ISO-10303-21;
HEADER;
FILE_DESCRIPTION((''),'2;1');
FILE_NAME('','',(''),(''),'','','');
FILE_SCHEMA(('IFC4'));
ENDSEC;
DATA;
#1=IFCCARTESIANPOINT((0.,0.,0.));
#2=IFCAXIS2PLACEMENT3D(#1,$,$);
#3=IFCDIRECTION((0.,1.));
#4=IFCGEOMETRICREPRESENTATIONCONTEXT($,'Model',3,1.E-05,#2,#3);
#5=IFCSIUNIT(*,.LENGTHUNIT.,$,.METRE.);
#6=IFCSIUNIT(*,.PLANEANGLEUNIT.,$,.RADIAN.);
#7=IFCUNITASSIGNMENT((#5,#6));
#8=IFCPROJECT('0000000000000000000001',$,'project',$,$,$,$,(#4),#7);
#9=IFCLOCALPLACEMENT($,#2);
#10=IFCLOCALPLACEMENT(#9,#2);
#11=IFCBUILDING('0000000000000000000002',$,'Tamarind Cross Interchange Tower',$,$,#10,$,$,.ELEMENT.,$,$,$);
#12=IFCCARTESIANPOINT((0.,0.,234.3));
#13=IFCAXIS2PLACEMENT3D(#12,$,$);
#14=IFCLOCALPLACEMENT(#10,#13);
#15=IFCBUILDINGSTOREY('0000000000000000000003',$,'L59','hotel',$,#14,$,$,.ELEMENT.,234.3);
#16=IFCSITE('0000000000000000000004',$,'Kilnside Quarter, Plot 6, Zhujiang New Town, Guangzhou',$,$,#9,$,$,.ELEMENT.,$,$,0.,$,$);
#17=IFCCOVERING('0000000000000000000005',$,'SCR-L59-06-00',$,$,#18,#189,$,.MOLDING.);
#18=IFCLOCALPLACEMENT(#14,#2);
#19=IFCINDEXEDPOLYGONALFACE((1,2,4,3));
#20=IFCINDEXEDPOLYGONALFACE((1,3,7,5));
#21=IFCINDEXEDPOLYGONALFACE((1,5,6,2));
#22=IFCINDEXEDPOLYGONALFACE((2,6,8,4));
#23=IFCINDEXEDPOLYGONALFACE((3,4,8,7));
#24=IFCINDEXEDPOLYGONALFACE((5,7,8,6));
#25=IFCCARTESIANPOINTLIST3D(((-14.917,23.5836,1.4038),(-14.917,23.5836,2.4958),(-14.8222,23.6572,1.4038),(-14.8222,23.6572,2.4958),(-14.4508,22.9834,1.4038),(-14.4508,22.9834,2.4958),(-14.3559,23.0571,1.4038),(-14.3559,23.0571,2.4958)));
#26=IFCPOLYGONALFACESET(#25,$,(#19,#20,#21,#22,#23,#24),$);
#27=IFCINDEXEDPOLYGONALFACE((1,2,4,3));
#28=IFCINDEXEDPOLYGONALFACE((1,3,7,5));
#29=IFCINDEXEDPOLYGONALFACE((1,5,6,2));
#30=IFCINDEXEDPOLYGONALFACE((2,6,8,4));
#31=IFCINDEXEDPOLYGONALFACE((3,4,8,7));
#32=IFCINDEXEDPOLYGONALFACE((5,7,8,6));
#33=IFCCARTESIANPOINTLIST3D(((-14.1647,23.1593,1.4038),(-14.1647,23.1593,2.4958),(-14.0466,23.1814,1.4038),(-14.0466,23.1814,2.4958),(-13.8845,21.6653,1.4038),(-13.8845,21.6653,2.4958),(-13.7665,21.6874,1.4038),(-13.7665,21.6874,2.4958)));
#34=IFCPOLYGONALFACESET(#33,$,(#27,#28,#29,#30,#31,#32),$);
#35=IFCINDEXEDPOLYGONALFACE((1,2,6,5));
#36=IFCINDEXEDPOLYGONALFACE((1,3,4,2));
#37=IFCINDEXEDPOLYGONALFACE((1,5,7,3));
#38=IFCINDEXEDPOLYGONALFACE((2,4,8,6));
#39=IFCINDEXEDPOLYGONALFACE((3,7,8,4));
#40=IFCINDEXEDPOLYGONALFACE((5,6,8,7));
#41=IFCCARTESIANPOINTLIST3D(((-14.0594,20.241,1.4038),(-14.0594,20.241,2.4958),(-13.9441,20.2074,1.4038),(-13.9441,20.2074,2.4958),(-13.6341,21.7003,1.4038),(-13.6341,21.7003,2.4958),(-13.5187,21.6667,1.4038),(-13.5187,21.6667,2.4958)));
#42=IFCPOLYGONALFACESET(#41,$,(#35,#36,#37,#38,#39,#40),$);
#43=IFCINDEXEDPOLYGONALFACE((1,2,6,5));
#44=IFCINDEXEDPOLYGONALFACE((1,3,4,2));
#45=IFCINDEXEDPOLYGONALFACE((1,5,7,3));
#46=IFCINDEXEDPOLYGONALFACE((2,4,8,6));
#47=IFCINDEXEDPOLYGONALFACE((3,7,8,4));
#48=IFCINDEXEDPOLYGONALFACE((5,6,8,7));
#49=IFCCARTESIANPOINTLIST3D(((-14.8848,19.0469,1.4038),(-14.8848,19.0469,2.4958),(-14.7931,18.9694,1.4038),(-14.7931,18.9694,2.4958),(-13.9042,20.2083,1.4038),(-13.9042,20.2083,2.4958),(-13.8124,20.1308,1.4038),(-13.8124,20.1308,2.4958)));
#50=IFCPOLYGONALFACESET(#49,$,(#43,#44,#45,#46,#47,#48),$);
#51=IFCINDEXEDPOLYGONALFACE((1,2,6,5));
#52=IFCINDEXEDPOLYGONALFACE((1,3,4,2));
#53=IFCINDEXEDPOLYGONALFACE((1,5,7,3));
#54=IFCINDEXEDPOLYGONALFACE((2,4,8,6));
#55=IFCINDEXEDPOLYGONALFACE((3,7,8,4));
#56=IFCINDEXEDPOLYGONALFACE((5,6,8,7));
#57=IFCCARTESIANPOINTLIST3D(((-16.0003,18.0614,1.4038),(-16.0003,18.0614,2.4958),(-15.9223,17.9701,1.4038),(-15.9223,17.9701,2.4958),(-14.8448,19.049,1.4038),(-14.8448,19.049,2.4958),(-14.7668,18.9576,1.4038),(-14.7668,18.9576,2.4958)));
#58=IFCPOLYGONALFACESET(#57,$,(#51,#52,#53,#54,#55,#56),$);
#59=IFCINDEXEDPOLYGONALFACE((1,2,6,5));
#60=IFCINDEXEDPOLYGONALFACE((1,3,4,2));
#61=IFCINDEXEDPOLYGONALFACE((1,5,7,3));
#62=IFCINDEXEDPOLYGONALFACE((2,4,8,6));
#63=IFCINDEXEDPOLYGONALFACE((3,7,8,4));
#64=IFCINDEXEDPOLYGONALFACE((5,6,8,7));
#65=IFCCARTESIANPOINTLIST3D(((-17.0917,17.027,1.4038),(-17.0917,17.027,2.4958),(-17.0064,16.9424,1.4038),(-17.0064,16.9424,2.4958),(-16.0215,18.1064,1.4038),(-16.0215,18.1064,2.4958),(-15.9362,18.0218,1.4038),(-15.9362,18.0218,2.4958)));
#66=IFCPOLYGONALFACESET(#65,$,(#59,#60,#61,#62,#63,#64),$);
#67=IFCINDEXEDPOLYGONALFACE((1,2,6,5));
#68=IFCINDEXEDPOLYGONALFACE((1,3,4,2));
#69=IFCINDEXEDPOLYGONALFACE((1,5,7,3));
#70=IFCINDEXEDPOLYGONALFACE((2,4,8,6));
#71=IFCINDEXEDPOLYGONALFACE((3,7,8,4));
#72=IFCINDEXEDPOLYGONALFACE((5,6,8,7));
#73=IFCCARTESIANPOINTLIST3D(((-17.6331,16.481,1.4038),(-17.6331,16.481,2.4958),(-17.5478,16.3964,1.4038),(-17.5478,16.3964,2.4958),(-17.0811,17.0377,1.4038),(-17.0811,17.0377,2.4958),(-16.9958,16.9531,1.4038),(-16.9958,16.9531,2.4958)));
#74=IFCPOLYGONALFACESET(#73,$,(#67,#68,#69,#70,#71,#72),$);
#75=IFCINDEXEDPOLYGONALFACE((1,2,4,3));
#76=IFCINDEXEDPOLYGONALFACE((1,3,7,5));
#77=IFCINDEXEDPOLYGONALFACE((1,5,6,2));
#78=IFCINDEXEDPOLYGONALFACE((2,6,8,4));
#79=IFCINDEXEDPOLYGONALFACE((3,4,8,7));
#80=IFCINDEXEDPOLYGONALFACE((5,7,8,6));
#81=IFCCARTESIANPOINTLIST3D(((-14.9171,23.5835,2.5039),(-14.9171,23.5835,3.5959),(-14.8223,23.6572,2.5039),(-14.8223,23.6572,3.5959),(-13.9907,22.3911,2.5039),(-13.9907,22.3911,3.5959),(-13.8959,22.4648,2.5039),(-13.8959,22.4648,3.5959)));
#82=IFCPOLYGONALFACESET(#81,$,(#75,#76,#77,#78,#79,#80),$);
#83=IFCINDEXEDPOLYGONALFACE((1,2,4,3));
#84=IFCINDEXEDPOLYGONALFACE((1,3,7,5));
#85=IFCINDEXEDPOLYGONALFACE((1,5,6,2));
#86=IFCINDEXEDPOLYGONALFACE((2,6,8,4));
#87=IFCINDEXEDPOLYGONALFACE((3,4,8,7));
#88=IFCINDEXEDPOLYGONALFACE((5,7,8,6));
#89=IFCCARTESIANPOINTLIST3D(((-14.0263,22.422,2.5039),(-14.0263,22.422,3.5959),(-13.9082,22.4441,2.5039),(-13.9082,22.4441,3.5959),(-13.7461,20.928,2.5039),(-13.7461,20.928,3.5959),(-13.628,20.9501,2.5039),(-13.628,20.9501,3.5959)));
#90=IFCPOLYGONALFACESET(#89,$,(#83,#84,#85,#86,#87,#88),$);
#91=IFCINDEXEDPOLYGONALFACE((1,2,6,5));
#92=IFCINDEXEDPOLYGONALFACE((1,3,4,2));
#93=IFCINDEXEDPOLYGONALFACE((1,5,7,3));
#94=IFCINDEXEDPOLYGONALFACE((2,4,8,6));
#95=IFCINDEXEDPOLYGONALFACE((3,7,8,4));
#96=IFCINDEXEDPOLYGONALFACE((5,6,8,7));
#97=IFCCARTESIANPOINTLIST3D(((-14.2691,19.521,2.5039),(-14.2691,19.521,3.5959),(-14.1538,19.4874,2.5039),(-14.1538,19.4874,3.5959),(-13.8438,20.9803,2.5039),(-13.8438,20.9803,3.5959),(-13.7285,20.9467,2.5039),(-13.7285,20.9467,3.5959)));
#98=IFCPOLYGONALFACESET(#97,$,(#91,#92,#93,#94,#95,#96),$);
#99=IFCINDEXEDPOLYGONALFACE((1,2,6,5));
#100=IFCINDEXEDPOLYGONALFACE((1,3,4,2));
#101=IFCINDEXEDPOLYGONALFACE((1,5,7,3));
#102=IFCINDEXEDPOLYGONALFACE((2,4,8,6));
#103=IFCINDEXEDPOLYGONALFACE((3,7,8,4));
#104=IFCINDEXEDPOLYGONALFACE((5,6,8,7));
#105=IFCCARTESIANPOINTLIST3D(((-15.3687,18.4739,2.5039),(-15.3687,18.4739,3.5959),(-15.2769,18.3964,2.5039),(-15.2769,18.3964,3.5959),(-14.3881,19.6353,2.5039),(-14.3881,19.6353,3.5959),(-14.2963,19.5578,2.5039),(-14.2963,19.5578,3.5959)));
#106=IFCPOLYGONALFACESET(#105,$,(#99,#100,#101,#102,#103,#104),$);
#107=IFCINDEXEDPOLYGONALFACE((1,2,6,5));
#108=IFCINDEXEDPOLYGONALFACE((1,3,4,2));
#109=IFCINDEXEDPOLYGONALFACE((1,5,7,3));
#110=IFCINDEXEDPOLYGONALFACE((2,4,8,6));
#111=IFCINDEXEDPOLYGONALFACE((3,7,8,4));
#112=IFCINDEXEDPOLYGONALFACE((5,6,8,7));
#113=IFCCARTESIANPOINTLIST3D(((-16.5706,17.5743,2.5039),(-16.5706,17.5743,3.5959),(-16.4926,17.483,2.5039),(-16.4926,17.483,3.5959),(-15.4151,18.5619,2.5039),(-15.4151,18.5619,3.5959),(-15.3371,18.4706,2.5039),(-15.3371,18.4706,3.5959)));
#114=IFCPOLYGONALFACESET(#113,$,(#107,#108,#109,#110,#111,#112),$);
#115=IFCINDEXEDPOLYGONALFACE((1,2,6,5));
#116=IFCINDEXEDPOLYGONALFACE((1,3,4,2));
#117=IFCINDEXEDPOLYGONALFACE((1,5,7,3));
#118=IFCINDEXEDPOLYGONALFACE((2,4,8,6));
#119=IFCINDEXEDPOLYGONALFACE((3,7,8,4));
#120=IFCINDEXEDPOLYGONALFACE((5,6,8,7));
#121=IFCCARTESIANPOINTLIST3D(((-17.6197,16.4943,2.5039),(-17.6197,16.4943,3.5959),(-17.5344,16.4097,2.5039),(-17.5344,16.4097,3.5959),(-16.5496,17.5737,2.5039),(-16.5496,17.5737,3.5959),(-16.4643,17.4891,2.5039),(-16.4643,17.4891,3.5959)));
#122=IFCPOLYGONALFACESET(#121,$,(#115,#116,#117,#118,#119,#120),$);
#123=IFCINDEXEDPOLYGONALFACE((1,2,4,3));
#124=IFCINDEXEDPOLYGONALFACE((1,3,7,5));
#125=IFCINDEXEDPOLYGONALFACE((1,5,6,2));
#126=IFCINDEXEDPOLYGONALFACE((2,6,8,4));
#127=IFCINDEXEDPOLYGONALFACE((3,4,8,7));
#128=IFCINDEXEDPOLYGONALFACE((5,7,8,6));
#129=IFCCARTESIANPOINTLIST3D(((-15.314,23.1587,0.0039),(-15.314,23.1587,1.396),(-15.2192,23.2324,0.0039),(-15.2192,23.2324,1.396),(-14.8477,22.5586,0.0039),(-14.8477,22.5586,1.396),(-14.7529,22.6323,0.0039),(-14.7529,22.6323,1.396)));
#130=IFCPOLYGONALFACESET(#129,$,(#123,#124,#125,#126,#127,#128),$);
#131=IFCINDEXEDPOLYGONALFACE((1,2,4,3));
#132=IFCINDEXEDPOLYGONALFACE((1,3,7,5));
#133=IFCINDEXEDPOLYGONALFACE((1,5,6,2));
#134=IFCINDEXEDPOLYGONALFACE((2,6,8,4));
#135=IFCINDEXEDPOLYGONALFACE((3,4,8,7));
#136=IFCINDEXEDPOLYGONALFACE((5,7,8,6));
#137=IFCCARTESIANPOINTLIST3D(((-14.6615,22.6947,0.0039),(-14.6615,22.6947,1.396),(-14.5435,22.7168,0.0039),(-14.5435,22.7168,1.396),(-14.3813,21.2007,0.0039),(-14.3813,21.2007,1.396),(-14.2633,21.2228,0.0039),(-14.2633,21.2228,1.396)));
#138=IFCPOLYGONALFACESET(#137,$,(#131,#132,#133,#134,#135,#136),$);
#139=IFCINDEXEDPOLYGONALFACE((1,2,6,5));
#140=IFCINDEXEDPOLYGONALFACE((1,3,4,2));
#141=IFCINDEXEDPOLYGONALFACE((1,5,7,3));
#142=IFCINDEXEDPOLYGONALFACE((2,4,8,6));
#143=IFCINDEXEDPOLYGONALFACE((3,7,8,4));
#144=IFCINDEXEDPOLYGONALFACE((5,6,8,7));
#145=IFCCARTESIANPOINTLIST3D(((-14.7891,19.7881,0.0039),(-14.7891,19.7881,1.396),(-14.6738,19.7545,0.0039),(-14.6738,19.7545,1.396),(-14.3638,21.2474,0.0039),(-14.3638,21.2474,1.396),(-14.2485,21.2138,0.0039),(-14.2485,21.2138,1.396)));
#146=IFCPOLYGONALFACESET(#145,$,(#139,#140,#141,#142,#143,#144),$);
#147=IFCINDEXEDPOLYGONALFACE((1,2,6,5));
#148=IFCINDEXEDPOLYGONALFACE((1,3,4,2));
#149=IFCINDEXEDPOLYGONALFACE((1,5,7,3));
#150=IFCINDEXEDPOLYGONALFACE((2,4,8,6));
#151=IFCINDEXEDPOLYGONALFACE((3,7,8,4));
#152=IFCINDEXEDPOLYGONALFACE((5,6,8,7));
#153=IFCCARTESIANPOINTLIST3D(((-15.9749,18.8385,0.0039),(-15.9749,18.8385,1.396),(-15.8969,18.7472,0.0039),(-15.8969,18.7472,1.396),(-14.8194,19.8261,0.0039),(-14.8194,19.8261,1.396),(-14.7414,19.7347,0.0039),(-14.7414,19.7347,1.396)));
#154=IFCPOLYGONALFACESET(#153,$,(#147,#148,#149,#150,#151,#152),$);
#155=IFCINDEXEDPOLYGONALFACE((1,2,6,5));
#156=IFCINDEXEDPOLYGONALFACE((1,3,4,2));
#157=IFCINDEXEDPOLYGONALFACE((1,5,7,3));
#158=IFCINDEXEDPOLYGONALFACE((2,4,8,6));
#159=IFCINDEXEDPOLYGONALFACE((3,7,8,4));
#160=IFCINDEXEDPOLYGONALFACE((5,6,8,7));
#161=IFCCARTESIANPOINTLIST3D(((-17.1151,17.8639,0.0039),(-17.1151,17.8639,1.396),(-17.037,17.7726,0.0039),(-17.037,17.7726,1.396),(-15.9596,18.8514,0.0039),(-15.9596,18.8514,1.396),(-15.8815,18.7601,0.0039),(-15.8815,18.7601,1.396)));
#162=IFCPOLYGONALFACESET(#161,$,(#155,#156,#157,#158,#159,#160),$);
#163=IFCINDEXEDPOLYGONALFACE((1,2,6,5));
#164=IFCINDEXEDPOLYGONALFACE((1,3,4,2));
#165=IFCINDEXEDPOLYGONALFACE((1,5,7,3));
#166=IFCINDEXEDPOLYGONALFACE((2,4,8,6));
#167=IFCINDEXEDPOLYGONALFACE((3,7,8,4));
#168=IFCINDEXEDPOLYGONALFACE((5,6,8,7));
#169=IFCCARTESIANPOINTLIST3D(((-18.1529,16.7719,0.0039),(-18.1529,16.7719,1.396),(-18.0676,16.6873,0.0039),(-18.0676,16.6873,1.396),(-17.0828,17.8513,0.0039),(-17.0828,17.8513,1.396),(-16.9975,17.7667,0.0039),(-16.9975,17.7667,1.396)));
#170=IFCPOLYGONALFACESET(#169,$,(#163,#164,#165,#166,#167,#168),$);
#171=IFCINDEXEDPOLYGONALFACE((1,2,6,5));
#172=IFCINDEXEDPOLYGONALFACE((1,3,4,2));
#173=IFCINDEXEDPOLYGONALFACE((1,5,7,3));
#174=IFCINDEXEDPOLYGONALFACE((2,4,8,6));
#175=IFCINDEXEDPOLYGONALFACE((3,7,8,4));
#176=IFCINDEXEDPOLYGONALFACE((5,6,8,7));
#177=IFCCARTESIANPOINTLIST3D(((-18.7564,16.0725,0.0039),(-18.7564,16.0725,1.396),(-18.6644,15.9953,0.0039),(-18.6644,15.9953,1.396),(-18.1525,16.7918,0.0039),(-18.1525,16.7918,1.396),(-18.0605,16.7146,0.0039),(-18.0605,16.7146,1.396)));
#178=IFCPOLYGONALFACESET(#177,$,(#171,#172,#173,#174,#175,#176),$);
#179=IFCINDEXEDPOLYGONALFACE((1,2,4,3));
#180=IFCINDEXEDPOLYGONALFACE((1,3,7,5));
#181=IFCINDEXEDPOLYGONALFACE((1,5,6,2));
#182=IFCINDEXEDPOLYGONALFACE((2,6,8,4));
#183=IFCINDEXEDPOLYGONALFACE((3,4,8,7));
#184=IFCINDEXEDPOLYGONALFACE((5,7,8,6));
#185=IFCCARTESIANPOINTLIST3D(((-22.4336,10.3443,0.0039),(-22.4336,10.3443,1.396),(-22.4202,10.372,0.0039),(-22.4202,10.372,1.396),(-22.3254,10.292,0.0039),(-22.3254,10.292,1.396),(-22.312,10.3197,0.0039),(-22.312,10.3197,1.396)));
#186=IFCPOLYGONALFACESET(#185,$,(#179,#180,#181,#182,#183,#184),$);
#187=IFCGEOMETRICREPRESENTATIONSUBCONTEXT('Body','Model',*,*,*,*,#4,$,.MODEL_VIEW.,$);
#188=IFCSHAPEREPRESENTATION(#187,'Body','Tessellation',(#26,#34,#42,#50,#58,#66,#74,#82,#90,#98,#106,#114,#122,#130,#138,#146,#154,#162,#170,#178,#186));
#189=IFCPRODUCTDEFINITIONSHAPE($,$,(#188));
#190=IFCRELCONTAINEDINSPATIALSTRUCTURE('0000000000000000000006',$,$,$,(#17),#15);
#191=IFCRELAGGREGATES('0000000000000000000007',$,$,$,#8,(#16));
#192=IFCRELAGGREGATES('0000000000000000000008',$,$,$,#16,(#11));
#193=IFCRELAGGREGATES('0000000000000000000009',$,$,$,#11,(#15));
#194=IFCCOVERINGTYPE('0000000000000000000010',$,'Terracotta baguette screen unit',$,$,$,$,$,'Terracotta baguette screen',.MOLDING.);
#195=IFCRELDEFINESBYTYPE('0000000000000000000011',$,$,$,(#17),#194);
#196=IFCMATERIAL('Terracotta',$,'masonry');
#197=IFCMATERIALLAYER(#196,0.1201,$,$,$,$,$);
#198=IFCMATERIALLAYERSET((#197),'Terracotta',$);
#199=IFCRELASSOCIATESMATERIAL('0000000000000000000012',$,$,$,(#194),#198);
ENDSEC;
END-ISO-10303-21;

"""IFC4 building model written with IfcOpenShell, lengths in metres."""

from ifc_helpers import new_model, si_unit, direction, frame, origin, origin_2d, place, context, subcontext, project, spatial, rectangle, extrude, material, layer, layer_set, type_object, element, save


model = new_model("IFC4")

# Units and contexts
model_context = context("Model", 3, precision=1e-05, world=origin(), true_north=direction((0.0, 1.0)))
body_context = subcontext(model_context, "Body", "Model", "MODEL_VIEW")
ifc_project = project(units=[si_unit("LENGTHUNIT", "METRE"), si_unit("PLANEANGLEUNIT", "RADIAN")], contexts=[model_context])

# Site, building, storey
site_placement = place(None, origin())
site = spatial("IfcSite", under=ifc_project, at=site_placement, Name="Kilnside Quarter, Plot 6, Zhujiang New Town, Guangzhou", CompositionType="ELEMENT", RefElevation=0.0)
building_placement = place(site_placement, origin())
building = spatial("IfcBuilding", under=site, at=building_placement, Name="Tamarind Cross Interchange Tower", CompositionType="ELEMENT")
storey_placement = place(building_placement, frame((0.0, 0.0, 234.3)))
storey = spatial("IfcBuildingStorey", under=building, at=storey_placement, Name="L59", Description="hotel", CompositionType="ELEMENT", Elevation=234.3)

# Covering
ifc_material_1 = material(Name="Terracotta", Category="masonry")
ifc_layer_1 = layer(ifc_material_1, 0.1201)
ifc_layer_set_1 = layer_set([ifc_layer_1], Name="Terracotta")
covering_type = type_object("IfcCoveringType", Name="Terracotta baguette screen unit", ElementType="Terracotta baguette screen", PredefinedType="MOLDING", material=ifc_layer_set_1)
covering_1_placement = place(storey_placement, origin())
element("IfcCovering", 1, at=covering_1_placement, inside=storey, type_object=covering_type, Name="SCR-L59-06-00", PredefinedType="MOLDING", context=body_context, shape_type="SweptSolid", body=[
    extrude(rectangle(XDim=0.76, YDim=0.1201, at=origin_2d()), frame((-14.6365, 23.3203, 1.4038), z_axis=(0.0, 0.0, 1.0), x_axis=(0.613508, -0.789689, 0.0)), (0.0, 0.0, 1.0), 1.092),
    extrude(rectangle(XDim=1.52, YDim=0.1201, at=origin_2d()), frame((-13.9656, 22.4233, 1.4038), z_axis=(0.0, 0.0, 1.0), x_axis=(0.184317, -0.982867, 0.0)), (0.0, 0.0, 1.0), 1.092),
    extrude(rectangle(XDim=1.52, YDim=0.1201, at=origin_2d()), frame((-13.7891, 20.9539, 1.4038), z_axis=(0.0, 0.0, 1.0), x_axis=(-0.279805, -0.960057, 0.0)), (0.0, 0.0, 1.0), 1.092),
    extrude(rectangle(XDim=1.52, YDim=0.1201, at=origin_2d()), frame((-14.3486, 19.5889, 1.4038), z_axis=(0.0, 0.0, 1.0), x_axis=(-0.645147, -0.764058, 0.0)), (0.0, 0.0, 1.0), 1.092),
    extrude(rectangle(XDim=1.52, YDim=0.1201, at=origin_2d()), frame((-15.3835, 18.5095, 1.4038), z_axis=(0.0, 0.0, 1.0), x_axis=(-0.76019, -0.649701, 0.0)), (0.0, 0.0, 1.0), 1.092),
    extrude(rectangle(XDim=1.52, YDim=0.1201, at=origin_2d()), frame((-16.5139, 17.5244, 1.4038), z_axis=(0.0, 0.0, 1.0), x_axis=(-0.704057, -0.710143, 0.0)), (0.0, 0.0, 1.0), 1.092),
    extrude(rectangle(XDim=0.7839, YDim=0.1201, at=origin_2d()), frame((-17.3145, 16.717, 1.4038), z_axis=(0.0, 0.0, 1.0), x_axis=(-0.704057, -0.710143, 0.0)), (0.0, 0.0, 1.0), 1.092),
    extrude(rectangle(XDim=1.51, YDim=0.1201, at=origin_2d()), frame((-14.4065, 23.0242, 2.5039), z_axis=(0.0, 0.0, 1.0), x_axis=(0.613508, -0.789689, 0.0)), (0.0, 0.0, 1.0), 1.092),
    extrude(rectangle(XDim=1.52, YDim=0.1201, at=origin_2d()), frame((-13.8271, 21.686, 2.5039), z_axis=(0.0, 0.0, 1.0), x_axis=(0.184317, -0.982867, 0.0)), (0.0, 0.0, 1.0), 1.092),
    extrude(rectangle(XDim=1.52, YDim=0.1201, at=origin_2d()), frame((-13.9988, 20.2339, 2.5039), z_axis=(0.0, 0.0, 1.0), x_axis=(-0.279805, -0.960057, 0.0)), (0.0, 0.0, 1.0), 1.092),
    extrude(rectangle(XDim=1.52, YDim=0.1201, at=origin_2d()), frame((-14.8325, 19.0159, 2.5039), z_axis=(0.0, 0.0, 1.0), x_axis=(-0.645147, -0.764058, 0.0)), (0.0, 0.0, 1.0), 1.092),
    extrude(rectangle(XDim=1.52, YDim=0.1201, at=origin_2d()), frame((-15.9539, 18.0225, 2.5039), z_axis=(0.0, 0.0, 1.0), x_axis=(-0.76019, -0.649701, 0.0)), (0.0, 0.0, 1.0), 1.092),
    extrude(rectangle(XDim=1.52, YDim=0.1201, at=origin_2d()), frame((-17.042, 16.9917, 2.5039), z_axis=(0.0, 0.0, 1.0), x_axis=(-0.704057, -0.710143, 0.0)), (0.0, 0.0, 1.0), 1.092),
    extrude(rectangle(XDim=0.76, YDim=0.1201, at=origin_2d()), frame((-15.0334, 22.8955, 0.0039), z_axis=(0.0, 0.0, 1.0), x_axis=(0.613508, -0.789689, 0.0)), (0.0, 0.0, 1.0), 1.3921),
    extrude(rectangle(XDim=1.52, YDim=0.1201, at=origin_2d()), frame((-14.4624, 21.9587, 0.0039), z_axis=(0.0, 0.0, 1.0), x_axis=(0.184317, -0.982867, 0.0)), (0.0, 0.0, 1.0), 1.3921),
    extrude(rectangle(XDim=1.52, YDim=0.1201, at=origin_2d()), frame((-14.5188, 20.501, 0.0039), z_axis=(0.0, 0.0, 1.0), x_axis=(-0.279805, -0.960057, 0.0)), (0.0, 0.0, 1.0), 1.3921),
    extrude(rectangle(XDim=1.52, YDim=0.1201, at=origin_2d()), frame((-15.3582, 19.2866, 0.0039), z_axis=(0.0, 0.0, 1.0), x_axis=(-0.76019, -0.649701, 0.0)), (0.0, 0.0, 1.0), 1.3921),
    extrude(rectangle(XDim=1.52, YDim=0.1201, at=origin_2d()), frame((-16.4983, 18.312, 0.0039), z_axis=(0.0, 0.0, 1.0), x_axis=(-0.76019, -0.649701, 0.0)), (0.0, 0.0, 1.0), 1.3921),
    extrude(rectangle(XDim=1.52, YDim=0.1201, at=origin_2d()), frame((-17.5752, 17.2693, 0.0039), z_axis=(0.0, 0.0, 1.0), x_axis=(-0.704057, -0.710143, 0.0)), (0.0, 0.0, 1.0), 1.3921),
    extrude(rectangle(XDim=0.9392, YDim=0.1201, at=origin_2d()), frame((-18.4084, 16.3936, 0.0039), z_axis=(0.0, 0.0, 1.0), x_axis=(-0.643009, -0.765858, 0.0)), (0.0, 0.0, 1.0), 1.3921),
    extrude(rectangle(XDim=0.0308, YDim=0.1201, at=origin_2d()), frame((-22.3728, 10.332, 0.0039), z_axis=(0.0, 0.0, 1.0), x_axis=(-0.435326, -0.900273, 0.0)), (0.0, 0.0, 1.0), 1.3921),
])

save(model, "model.ifc")
